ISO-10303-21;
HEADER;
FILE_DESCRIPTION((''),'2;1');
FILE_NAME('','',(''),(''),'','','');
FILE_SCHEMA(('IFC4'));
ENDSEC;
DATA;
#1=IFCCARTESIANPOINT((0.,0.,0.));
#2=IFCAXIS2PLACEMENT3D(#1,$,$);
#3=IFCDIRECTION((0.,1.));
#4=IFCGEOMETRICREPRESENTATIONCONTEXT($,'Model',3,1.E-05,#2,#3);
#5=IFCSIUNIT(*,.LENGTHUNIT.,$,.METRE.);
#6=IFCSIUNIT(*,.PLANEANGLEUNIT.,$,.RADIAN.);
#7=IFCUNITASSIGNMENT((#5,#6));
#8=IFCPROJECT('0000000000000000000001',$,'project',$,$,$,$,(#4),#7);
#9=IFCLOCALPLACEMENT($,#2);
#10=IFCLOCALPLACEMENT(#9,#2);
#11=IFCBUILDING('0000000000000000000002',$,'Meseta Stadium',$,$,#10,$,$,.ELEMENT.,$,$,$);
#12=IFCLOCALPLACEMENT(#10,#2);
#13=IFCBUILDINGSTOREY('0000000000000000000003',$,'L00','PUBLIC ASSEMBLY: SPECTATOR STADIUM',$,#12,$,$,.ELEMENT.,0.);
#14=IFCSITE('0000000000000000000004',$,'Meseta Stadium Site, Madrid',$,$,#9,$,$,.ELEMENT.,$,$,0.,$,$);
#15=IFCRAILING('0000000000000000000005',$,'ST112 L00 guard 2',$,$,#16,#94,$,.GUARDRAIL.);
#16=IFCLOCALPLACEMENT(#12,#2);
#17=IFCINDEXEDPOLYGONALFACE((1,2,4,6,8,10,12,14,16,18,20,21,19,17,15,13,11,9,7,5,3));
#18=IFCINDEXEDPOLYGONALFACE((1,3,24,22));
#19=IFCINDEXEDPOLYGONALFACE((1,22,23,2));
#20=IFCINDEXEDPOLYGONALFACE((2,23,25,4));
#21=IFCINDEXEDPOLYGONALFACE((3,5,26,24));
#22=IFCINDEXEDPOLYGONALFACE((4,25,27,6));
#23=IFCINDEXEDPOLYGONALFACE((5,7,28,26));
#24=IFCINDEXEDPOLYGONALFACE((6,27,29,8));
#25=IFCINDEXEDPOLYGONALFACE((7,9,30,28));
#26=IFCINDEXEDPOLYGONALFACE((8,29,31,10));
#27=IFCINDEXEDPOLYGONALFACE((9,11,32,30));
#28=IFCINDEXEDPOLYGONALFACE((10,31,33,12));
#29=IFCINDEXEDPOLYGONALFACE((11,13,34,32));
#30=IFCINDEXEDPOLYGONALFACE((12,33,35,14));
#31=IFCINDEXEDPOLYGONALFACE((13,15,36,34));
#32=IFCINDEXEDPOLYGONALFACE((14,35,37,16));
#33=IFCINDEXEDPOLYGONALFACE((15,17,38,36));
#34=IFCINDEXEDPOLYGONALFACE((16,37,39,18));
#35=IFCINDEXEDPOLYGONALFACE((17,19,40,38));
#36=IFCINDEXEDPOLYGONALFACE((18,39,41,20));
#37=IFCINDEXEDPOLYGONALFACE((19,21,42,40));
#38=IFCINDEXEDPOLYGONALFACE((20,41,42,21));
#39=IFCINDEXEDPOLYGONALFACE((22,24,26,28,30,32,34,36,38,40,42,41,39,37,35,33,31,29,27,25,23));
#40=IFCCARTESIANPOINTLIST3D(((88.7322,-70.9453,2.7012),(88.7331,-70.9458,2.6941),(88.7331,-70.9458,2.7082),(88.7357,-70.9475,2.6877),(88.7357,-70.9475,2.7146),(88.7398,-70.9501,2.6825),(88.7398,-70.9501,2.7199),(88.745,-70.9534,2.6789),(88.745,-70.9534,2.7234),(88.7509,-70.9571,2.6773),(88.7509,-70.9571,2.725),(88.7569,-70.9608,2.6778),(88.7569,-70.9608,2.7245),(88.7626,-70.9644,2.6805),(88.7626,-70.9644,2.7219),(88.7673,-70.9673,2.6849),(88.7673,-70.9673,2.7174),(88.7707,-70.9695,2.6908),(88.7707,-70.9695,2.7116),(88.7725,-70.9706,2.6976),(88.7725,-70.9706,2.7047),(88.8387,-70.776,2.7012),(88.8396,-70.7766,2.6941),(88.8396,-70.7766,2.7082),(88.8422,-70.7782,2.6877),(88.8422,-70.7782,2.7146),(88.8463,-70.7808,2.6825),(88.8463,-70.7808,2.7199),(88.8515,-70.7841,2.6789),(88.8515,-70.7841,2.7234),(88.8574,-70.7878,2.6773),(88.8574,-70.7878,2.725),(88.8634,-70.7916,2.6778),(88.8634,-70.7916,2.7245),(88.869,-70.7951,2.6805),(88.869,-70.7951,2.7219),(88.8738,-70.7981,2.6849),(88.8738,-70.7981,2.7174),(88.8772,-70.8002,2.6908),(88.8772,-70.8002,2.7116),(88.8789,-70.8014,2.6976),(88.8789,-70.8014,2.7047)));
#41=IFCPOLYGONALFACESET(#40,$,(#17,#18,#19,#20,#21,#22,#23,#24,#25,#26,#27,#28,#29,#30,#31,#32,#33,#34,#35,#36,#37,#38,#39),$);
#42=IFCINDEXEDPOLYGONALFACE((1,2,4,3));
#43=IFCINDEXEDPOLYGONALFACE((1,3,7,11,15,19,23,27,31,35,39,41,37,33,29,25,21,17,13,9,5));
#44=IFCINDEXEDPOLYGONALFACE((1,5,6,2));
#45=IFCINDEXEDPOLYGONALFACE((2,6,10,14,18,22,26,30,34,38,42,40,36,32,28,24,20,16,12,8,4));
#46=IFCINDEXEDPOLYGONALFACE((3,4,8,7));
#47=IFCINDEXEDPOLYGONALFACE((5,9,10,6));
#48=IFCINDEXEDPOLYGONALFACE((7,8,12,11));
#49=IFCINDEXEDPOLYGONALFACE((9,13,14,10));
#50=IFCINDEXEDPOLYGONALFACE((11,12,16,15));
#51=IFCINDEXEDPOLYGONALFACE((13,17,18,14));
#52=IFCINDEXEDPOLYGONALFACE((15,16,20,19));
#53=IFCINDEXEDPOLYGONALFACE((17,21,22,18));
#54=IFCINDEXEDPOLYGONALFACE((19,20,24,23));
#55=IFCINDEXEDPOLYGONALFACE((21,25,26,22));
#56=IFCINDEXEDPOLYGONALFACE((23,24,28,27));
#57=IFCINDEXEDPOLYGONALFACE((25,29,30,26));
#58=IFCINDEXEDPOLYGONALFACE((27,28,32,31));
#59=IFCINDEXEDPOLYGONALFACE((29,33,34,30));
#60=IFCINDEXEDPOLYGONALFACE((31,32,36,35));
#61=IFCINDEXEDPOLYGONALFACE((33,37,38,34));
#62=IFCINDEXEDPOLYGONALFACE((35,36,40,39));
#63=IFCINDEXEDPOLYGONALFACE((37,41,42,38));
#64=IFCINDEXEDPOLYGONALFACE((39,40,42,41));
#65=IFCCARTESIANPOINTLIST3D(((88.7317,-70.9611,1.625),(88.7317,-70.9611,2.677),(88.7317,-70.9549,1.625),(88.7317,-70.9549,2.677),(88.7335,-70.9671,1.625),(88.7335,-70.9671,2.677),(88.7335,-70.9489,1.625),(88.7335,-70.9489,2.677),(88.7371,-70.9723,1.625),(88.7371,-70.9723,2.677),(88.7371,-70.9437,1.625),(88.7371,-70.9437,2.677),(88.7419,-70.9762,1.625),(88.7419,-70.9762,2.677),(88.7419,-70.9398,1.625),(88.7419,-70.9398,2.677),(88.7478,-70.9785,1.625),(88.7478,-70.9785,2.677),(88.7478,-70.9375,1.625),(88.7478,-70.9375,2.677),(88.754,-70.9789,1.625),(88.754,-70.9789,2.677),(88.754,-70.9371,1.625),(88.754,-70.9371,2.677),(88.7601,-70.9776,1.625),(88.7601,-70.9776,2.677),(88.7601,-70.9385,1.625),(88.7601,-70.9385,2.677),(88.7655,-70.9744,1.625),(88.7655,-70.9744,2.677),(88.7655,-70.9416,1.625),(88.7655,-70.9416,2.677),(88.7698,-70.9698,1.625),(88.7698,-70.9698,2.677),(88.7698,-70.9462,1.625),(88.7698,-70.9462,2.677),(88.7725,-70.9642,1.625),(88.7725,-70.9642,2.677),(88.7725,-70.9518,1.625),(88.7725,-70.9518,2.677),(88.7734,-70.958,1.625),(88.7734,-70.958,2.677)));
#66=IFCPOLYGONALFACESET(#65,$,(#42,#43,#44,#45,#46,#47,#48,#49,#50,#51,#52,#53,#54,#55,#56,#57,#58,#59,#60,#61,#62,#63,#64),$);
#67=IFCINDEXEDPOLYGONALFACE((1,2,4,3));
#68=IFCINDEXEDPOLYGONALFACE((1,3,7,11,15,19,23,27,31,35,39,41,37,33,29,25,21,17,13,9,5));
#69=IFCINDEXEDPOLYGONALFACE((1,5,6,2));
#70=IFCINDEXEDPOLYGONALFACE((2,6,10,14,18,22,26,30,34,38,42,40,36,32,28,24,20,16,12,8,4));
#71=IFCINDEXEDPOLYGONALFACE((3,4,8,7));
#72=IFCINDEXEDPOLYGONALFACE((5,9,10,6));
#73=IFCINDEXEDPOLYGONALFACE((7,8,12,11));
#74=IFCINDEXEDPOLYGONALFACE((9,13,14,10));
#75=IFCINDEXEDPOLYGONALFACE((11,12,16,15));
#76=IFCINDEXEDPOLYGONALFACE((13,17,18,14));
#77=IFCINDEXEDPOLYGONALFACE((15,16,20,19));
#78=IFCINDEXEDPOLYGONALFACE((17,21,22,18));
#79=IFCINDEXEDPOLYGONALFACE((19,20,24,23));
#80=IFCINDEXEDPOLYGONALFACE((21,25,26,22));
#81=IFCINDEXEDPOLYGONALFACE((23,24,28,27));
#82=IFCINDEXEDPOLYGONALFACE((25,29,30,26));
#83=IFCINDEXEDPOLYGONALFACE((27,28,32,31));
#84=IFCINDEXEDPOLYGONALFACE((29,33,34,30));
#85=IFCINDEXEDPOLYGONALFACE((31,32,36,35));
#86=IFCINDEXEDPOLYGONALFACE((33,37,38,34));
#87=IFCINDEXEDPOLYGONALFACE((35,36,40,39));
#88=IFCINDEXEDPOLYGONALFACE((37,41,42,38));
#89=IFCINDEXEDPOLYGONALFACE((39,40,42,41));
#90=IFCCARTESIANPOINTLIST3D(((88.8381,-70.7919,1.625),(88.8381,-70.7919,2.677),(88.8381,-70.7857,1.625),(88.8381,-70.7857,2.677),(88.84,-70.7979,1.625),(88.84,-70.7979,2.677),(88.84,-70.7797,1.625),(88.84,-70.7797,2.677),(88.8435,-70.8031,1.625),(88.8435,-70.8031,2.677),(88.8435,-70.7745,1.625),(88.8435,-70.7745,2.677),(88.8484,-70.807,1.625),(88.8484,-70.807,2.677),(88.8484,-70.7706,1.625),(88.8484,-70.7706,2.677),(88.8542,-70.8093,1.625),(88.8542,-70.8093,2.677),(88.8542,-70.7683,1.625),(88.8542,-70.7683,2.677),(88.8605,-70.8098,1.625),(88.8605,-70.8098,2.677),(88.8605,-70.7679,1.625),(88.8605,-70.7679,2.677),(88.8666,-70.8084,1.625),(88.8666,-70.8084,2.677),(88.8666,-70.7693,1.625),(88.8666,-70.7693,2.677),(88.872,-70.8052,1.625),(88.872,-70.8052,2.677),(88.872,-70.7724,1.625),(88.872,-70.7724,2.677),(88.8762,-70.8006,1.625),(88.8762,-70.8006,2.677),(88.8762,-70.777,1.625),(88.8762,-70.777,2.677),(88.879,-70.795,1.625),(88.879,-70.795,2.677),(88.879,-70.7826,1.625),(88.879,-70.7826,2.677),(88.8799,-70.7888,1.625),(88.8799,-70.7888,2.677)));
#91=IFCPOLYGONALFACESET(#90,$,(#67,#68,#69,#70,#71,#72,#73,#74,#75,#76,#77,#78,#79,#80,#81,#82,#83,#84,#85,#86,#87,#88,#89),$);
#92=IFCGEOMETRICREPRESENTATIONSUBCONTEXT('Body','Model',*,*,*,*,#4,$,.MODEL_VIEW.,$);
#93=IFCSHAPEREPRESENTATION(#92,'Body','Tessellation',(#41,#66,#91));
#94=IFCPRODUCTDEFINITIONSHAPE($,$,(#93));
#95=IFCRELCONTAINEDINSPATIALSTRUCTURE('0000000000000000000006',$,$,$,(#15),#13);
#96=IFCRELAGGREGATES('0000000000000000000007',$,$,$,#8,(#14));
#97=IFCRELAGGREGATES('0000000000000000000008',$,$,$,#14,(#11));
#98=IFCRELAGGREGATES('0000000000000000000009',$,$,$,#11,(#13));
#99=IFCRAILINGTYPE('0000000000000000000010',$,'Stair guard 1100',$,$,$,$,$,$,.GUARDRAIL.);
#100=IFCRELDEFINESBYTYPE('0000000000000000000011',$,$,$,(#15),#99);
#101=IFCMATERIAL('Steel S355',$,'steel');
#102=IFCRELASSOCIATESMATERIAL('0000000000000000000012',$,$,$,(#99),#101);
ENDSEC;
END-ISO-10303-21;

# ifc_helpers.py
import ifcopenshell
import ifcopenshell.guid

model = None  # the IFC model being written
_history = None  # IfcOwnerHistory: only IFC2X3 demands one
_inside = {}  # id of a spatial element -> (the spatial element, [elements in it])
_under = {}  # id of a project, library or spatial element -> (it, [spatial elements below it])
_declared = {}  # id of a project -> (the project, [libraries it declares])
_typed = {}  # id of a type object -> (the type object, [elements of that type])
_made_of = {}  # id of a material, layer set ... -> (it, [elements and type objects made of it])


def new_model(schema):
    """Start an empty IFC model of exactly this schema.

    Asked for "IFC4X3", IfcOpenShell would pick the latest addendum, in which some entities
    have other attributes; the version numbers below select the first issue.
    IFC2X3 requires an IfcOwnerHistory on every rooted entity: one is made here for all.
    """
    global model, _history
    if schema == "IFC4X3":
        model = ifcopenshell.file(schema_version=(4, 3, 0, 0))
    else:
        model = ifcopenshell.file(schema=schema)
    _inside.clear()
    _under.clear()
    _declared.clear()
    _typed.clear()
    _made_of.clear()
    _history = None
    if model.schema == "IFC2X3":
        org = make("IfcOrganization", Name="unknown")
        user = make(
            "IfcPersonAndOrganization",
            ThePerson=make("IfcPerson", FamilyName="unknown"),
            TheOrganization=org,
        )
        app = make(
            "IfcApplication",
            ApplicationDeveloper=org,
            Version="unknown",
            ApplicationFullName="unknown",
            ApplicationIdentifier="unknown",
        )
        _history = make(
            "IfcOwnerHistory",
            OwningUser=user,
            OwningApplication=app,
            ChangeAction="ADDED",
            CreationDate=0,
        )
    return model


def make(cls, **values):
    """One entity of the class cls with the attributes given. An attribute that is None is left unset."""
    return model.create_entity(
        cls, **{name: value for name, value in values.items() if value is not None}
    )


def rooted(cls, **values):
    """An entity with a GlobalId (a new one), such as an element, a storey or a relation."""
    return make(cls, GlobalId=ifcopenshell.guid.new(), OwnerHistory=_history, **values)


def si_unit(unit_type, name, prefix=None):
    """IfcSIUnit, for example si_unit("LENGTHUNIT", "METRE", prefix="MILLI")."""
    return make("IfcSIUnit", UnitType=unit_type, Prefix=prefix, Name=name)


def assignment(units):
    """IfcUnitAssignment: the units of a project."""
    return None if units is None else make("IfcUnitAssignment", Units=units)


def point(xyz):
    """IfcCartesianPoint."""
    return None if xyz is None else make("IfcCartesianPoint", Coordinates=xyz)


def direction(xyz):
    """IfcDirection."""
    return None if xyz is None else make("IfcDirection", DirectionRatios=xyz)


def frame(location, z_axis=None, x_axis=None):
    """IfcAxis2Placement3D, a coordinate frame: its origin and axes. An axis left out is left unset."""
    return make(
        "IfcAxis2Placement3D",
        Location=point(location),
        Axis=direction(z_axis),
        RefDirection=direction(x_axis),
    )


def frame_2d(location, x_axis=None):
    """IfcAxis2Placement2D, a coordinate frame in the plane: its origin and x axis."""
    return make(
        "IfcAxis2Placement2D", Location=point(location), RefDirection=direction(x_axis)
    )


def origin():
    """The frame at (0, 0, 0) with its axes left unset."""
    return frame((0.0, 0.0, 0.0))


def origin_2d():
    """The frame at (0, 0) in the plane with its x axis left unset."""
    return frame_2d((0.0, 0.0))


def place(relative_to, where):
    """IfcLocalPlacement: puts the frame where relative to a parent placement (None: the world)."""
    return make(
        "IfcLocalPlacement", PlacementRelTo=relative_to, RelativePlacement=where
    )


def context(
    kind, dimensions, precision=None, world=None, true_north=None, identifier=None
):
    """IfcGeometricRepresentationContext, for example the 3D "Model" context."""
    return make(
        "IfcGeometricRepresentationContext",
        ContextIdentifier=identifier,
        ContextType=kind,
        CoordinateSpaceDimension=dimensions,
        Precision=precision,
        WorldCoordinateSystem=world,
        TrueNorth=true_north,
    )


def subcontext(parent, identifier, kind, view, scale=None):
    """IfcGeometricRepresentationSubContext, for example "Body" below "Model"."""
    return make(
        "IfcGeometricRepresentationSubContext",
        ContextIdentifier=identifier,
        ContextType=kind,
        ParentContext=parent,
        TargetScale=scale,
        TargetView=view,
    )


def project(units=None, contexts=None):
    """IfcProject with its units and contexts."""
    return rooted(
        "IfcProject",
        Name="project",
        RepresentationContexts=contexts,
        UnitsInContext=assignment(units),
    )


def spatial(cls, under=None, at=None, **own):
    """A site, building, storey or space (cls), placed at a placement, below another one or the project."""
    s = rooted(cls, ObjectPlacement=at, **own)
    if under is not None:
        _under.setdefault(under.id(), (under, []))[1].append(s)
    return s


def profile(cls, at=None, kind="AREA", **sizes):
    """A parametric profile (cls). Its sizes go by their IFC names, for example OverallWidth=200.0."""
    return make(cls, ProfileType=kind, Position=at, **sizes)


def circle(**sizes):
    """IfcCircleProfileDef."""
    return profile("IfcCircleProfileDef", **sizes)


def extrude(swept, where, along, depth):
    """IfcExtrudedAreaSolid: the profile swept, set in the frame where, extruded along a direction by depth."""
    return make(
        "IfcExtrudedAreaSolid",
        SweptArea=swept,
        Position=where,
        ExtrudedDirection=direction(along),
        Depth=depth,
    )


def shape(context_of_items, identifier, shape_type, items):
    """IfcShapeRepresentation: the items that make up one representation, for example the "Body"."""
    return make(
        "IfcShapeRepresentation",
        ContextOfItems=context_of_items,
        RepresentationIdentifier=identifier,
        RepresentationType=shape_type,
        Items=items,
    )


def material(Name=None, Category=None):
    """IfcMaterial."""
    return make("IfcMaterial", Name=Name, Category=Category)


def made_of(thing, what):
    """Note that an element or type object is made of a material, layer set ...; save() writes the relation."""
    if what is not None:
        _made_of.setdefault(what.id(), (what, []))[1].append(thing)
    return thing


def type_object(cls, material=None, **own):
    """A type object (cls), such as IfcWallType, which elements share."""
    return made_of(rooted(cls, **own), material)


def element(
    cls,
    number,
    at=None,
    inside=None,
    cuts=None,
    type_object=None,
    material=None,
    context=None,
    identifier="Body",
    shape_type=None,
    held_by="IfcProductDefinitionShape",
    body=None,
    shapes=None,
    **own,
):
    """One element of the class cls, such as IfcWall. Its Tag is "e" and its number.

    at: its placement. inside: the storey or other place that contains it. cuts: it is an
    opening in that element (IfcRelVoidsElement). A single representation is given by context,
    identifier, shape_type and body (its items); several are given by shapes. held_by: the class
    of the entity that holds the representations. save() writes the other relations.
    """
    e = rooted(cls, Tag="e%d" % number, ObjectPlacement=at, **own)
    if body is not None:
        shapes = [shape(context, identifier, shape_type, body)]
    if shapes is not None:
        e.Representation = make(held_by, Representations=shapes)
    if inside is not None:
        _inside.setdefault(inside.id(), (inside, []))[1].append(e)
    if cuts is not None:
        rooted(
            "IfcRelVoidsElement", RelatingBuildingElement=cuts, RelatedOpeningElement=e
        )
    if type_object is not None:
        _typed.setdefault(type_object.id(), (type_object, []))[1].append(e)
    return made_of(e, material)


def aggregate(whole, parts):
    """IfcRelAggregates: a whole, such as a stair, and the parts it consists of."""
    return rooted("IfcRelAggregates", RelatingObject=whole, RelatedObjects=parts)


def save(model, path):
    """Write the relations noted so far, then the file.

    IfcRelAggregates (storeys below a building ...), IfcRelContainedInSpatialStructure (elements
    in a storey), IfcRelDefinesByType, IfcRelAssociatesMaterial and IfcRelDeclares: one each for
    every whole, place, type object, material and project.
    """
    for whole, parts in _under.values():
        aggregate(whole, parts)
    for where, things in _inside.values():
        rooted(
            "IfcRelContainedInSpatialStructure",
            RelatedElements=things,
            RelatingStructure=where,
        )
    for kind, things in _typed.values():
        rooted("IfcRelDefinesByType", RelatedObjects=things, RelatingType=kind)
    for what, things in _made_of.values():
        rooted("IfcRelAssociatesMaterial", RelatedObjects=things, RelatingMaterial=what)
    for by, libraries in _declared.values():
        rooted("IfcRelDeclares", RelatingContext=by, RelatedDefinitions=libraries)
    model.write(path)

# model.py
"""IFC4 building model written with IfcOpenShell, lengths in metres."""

from ifc_helpers import new_model, si_unit, direction, frame, origin, origin_2d, place, context, subcontext, project, spatial, circle, extrude, material, type_object, element, save


model = new_model("IFC4")

# Units and contexts
model_context = context("Model", 3, precision=1e-05, world=origin(), true_north=direction((0.0, 1.0)))
body_context = subcontext(model_context, "Body", "Model", "MODEL_VIEW")
ifc_project = project(units=[si_unit("LENGTHUNIT", "METRE"), si_unit("PLANEANGLEUNIT", "RADIAN")], contexts=[model_context])

# Site, building, storey
site_placement = place(None, origin())
site = spatial("IfcSite", under=ifc_project, at=site_placement, Name="Meseta Stadium Site, Madrid", CompositionType="ELEMENT", RefElevation=0.0)
building_placement = place(site_placement, origin())
building = spatial("IfcBuilding", under=site, at=building_placement, Name="Meseta Stadium", CompositionType="ELEMENT")
storey_placement = place(building_placement, origin())
storey = spatial("IfcBuildingStorey", under=building, at=storey_placement, Name="L00", Description="PUBLIC ASSEMBLY: SPECTATOR STADIUM", CompositionType="ELEMENT", Elevation=0.0)

# Railing
ifc_material_1 = material(Name="Steel S355", Category="steel")
railing_type_1 = type_object("IfcRailingType", Name="Stair guard 1100", PredefinedType="GUARDRAIL", material=ifc_material_1)
railing_1_placement = place(storey_placement, frame((88.7524, -70.958, 1.625)))
element("IfcRailing", 1, at=railing_1_placement, inside=storey, type_object=railing_type_1, Name="ST112 L00 guard 2", PredefinedType="GUARDRAIL", context=body_context, shape_type="SweptSolid", body=[
    extrude(circle(Radius=0.0239, at=origin_2d()), frame((0.0, 0.0, 1.0762), z_axis=(0.532522, 0.846416, 0.0), x_axis=(-0.846416, 0.532522, 0.0)), (0.0, 0.0, 1.0), 0.2),
    extrude(circle(Radius=0.021, at=origin_2d()), origin(), (0.0, 0.0, 1.0), 1.052),
    extrude(circle(Radius=0.021, at=origin_2d()), frame((0.1064, 0.1692, 0.0)), (0.0, 0.0, 1.0), 1.052),
])

save(model, "model.ifc")
